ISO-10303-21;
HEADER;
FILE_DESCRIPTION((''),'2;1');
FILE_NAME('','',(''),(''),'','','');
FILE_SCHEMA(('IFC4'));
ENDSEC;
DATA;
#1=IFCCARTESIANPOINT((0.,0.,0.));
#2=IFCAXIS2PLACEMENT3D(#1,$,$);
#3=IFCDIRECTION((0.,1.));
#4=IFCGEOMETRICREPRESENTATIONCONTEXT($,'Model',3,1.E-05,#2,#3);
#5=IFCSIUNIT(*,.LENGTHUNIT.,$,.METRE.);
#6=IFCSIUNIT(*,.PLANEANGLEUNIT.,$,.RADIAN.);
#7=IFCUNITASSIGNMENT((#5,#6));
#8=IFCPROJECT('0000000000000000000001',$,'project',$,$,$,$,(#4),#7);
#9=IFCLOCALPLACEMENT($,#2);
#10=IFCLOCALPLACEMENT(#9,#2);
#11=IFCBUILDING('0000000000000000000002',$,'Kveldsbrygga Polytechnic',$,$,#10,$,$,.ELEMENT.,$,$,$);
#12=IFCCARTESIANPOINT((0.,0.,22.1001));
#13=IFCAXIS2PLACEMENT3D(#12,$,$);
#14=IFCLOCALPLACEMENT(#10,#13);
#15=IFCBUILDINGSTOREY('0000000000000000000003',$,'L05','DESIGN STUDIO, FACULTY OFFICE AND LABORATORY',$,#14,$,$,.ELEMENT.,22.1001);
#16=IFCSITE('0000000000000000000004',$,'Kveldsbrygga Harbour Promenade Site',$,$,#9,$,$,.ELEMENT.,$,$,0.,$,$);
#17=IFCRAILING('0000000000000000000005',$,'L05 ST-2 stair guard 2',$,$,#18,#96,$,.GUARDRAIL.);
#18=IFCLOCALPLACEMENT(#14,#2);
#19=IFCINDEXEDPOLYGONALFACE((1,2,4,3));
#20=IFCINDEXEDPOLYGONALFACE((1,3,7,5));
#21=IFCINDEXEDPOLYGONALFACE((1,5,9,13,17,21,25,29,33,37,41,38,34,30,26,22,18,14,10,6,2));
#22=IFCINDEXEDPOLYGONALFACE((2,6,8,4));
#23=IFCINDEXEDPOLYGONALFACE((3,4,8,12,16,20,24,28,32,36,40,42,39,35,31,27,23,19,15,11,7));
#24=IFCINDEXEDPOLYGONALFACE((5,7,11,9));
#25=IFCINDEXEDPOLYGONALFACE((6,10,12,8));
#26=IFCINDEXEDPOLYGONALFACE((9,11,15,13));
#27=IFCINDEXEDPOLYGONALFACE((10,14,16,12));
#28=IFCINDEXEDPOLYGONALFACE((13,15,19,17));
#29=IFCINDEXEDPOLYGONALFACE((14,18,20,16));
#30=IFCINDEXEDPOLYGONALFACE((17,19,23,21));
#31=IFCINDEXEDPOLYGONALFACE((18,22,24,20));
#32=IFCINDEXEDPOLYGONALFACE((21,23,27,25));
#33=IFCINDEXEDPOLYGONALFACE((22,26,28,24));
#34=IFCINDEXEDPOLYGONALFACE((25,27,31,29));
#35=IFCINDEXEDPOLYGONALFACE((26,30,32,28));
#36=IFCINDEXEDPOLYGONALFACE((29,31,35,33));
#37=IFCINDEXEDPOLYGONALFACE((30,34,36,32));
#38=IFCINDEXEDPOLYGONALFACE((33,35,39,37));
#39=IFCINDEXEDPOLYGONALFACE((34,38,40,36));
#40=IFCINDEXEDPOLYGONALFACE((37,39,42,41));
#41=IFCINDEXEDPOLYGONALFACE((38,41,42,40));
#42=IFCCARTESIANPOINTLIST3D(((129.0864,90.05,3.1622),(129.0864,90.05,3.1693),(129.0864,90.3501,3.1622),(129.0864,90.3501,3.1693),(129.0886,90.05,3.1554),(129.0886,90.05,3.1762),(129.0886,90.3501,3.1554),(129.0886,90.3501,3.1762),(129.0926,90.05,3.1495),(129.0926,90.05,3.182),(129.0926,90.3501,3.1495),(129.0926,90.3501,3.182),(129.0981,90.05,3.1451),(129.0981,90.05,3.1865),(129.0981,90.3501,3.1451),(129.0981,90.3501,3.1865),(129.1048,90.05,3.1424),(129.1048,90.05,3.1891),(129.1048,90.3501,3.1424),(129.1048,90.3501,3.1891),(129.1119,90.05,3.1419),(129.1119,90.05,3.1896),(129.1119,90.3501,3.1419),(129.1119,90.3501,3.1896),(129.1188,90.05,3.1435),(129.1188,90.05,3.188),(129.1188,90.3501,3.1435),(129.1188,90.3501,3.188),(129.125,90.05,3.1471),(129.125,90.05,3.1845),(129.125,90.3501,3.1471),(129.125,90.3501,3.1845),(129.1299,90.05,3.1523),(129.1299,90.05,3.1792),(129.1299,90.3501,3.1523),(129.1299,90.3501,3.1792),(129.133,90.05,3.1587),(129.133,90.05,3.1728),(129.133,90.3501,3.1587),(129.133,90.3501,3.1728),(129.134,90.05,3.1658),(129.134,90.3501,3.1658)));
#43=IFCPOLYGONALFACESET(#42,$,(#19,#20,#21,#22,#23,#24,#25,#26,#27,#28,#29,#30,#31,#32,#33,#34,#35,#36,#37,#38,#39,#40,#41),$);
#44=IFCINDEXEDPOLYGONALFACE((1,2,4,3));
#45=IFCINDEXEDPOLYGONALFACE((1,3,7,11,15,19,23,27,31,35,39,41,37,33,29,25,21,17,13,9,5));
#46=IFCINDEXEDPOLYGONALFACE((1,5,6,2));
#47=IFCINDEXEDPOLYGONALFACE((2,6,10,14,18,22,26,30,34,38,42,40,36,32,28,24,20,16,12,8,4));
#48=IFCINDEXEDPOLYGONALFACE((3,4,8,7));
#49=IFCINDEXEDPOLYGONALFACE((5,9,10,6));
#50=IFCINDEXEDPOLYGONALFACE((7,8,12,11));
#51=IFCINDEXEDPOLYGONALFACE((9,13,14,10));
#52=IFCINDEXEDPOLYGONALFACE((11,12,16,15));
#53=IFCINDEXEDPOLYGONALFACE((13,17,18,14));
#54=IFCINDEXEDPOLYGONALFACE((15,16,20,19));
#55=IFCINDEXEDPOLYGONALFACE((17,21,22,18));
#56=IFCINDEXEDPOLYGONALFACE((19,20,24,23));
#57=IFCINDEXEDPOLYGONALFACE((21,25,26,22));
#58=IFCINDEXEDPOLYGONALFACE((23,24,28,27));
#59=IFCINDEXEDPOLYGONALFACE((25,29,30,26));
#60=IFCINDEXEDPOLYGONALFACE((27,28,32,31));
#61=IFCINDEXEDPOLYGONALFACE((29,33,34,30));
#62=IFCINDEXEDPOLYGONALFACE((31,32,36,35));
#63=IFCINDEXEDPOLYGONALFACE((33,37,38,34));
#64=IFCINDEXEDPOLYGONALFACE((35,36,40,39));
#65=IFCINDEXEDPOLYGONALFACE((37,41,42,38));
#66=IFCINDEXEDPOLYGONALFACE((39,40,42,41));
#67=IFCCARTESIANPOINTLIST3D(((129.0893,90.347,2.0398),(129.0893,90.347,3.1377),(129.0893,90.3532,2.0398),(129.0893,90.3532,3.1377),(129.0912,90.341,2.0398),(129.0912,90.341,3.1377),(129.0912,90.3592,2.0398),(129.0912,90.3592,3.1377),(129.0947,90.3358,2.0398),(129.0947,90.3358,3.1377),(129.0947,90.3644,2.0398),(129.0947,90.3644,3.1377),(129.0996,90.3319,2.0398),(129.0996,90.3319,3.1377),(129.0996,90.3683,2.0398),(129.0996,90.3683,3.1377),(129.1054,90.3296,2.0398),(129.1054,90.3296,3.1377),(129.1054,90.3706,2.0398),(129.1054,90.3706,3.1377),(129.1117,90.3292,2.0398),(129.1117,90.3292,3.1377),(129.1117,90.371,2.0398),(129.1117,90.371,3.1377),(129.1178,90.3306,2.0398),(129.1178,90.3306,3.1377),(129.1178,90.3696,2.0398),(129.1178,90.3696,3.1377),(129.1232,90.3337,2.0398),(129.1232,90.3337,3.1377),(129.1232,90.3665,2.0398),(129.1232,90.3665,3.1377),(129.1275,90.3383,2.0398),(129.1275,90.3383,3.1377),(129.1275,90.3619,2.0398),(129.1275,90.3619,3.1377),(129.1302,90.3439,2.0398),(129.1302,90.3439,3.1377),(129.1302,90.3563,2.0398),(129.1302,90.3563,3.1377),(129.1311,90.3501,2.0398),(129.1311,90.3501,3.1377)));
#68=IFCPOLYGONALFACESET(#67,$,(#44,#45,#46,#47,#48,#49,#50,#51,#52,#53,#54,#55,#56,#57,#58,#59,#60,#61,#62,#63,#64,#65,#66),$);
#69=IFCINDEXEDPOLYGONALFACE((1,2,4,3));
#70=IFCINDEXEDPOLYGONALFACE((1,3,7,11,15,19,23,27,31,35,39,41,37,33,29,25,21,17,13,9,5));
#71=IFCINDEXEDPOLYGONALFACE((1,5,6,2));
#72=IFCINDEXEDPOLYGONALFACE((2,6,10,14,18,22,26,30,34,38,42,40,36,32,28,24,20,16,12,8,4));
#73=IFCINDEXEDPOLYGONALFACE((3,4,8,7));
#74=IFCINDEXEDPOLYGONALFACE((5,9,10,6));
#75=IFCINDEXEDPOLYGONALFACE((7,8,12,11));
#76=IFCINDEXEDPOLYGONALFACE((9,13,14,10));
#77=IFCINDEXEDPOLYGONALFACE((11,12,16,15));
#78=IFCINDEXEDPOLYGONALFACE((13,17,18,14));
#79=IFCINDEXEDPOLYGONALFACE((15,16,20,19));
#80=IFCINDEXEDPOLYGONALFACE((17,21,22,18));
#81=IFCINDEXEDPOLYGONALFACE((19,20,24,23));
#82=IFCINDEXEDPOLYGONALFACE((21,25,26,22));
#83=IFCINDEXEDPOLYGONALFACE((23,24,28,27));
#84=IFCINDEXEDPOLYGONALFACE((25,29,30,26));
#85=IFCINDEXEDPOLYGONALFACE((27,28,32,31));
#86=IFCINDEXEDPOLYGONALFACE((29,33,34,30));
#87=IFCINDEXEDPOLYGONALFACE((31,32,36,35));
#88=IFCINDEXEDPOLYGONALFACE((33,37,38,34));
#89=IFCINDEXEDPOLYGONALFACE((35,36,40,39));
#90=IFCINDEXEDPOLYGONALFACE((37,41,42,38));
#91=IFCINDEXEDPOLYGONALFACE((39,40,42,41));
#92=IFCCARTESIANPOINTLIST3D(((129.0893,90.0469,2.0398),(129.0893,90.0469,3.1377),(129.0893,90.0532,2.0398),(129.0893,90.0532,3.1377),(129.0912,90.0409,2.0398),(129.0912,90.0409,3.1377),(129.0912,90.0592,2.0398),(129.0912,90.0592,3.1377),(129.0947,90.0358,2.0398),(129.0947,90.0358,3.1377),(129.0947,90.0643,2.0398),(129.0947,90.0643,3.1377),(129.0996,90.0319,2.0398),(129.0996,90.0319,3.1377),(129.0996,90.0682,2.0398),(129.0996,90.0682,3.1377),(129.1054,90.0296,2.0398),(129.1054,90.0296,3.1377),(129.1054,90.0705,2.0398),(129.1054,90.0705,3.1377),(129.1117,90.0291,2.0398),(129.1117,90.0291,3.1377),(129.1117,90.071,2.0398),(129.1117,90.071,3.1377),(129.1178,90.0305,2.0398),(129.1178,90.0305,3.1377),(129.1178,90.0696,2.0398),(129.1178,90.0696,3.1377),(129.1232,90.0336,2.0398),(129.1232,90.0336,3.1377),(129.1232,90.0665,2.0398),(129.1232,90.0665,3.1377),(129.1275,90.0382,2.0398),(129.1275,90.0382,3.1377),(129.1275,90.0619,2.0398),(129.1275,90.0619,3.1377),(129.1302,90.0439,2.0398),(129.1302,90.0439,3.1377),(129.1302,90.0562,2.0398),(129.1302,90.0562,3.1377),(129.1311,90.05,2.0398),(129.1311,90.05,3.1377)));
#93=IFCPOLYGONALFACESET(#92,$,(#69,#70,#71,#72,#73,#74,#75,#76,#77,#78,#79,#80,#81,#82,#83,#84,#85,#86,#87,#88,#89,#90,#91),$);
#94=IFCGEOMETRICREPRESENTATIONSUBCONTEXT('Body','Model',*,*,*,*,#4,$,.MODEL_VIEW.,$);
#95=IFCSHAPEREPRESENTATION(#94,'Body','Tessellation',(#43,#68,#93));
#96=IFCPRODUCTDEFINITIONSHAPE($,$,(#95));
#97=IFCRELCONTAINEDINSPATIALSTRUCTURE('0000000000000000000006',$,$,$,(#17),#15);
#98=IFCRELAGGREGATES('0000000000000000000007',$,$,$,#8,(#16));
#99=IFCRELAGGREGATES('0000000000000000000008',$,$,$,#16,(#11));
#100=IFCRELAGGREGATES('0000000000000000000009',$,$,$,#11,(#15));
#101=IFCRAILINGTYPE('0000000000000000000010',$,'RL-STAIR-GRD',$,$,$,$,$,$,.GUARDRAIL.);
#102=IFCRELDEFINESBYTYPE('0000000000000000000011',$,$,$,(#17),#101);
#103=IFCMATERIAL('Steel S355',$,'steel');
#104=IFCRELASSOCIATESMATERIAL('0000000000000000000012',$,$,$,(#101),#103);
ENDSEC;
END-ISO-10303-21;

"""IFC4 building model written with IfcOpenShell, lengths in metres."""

from ifc_helpers import new_model, si_unit, direction, frame, origin, origin_2d, place, context, subcontext, project, spatial, circle, extrude, material, type_object, element, save


model = new_model("IFC4")

# Units and contexts
model_context = context("Model", 3, precision=1e-05, world=origin(), true_north=direction((0.0, 1.0)))
body_context = subcontext(model_context, "Body", "Model", "MODEL_VIEW")
ifc_project = project(units=[si_unit("LENGTHUNIT", "METRE"), si_unit("PLANEANGLEUNIT", "RADIAN")], contexts=[model_context])

# Site, building, storey
site_placement = place(None, origin())
site = spatial("IfcSite", under=ifc_project, at=site_placement, Name="Kveldsbrygga Harbour Promenade Site", CompositionType="ELEMENT", RefElevation=0.0)
building_placement = place(site_placement, origin())
building = spatial("IfcBuilding", under=site, at=building_placement, Name="Kveldsbrygga Polytechnic", CompositionType="ELEMENT")
storey_placement = place(building_placement, frame((0.0, 0.0, 22.1001)))
storey = spatial("IfcBuildingStorey", under=building, at=storey_placement, Name="L05", Description="DESIGN STUDIO, FACULTY OFFICE AND LABORATORY", CompositionType="ELEMENT", Elevation=22.1001)

# Railing
ifc_material_1 = material(Name="Steel S355", Category="steel")
railing_type_1 = type_object("IfcRailingType", Name="RL-STAIR-GRD", PredefinedType="GUARDRAIL", material=ifc_material_1)
railing_1_placement = place(storey_placement, frame((129.1101, 90.3501, 2.0398)))
element("IfcRailing", 1, at=railing_1_placement, inside=storey, type_object=railing_type_1, Name="L05 ST-2 stair guard 2", PredefinedType="GUARDRAIL", context=body_context, shape_type="SweptSolid", body=[
    extrude(circle(Radius=0.0239, at=origin_2d()), frame((0.0, 0.0, 1.126), z_axis=(0.0, -1.0, 0.0), x_axis=(1.0, 0.0, 0.0)), (0.0, 0.0, 1.0), 0.3),
    extrude(circle(Radius=0.021, at=origin_2d()), origin(), (0.0, 0.0, 1.0), 1.0979),
    extrude(circle(Radius=0.021, at=origin_2d()), frame((0.0, -0.3, 0.0)), (0.0, 0.0, 1.0), 1.0979),
])

save(model, "model.ifc")
